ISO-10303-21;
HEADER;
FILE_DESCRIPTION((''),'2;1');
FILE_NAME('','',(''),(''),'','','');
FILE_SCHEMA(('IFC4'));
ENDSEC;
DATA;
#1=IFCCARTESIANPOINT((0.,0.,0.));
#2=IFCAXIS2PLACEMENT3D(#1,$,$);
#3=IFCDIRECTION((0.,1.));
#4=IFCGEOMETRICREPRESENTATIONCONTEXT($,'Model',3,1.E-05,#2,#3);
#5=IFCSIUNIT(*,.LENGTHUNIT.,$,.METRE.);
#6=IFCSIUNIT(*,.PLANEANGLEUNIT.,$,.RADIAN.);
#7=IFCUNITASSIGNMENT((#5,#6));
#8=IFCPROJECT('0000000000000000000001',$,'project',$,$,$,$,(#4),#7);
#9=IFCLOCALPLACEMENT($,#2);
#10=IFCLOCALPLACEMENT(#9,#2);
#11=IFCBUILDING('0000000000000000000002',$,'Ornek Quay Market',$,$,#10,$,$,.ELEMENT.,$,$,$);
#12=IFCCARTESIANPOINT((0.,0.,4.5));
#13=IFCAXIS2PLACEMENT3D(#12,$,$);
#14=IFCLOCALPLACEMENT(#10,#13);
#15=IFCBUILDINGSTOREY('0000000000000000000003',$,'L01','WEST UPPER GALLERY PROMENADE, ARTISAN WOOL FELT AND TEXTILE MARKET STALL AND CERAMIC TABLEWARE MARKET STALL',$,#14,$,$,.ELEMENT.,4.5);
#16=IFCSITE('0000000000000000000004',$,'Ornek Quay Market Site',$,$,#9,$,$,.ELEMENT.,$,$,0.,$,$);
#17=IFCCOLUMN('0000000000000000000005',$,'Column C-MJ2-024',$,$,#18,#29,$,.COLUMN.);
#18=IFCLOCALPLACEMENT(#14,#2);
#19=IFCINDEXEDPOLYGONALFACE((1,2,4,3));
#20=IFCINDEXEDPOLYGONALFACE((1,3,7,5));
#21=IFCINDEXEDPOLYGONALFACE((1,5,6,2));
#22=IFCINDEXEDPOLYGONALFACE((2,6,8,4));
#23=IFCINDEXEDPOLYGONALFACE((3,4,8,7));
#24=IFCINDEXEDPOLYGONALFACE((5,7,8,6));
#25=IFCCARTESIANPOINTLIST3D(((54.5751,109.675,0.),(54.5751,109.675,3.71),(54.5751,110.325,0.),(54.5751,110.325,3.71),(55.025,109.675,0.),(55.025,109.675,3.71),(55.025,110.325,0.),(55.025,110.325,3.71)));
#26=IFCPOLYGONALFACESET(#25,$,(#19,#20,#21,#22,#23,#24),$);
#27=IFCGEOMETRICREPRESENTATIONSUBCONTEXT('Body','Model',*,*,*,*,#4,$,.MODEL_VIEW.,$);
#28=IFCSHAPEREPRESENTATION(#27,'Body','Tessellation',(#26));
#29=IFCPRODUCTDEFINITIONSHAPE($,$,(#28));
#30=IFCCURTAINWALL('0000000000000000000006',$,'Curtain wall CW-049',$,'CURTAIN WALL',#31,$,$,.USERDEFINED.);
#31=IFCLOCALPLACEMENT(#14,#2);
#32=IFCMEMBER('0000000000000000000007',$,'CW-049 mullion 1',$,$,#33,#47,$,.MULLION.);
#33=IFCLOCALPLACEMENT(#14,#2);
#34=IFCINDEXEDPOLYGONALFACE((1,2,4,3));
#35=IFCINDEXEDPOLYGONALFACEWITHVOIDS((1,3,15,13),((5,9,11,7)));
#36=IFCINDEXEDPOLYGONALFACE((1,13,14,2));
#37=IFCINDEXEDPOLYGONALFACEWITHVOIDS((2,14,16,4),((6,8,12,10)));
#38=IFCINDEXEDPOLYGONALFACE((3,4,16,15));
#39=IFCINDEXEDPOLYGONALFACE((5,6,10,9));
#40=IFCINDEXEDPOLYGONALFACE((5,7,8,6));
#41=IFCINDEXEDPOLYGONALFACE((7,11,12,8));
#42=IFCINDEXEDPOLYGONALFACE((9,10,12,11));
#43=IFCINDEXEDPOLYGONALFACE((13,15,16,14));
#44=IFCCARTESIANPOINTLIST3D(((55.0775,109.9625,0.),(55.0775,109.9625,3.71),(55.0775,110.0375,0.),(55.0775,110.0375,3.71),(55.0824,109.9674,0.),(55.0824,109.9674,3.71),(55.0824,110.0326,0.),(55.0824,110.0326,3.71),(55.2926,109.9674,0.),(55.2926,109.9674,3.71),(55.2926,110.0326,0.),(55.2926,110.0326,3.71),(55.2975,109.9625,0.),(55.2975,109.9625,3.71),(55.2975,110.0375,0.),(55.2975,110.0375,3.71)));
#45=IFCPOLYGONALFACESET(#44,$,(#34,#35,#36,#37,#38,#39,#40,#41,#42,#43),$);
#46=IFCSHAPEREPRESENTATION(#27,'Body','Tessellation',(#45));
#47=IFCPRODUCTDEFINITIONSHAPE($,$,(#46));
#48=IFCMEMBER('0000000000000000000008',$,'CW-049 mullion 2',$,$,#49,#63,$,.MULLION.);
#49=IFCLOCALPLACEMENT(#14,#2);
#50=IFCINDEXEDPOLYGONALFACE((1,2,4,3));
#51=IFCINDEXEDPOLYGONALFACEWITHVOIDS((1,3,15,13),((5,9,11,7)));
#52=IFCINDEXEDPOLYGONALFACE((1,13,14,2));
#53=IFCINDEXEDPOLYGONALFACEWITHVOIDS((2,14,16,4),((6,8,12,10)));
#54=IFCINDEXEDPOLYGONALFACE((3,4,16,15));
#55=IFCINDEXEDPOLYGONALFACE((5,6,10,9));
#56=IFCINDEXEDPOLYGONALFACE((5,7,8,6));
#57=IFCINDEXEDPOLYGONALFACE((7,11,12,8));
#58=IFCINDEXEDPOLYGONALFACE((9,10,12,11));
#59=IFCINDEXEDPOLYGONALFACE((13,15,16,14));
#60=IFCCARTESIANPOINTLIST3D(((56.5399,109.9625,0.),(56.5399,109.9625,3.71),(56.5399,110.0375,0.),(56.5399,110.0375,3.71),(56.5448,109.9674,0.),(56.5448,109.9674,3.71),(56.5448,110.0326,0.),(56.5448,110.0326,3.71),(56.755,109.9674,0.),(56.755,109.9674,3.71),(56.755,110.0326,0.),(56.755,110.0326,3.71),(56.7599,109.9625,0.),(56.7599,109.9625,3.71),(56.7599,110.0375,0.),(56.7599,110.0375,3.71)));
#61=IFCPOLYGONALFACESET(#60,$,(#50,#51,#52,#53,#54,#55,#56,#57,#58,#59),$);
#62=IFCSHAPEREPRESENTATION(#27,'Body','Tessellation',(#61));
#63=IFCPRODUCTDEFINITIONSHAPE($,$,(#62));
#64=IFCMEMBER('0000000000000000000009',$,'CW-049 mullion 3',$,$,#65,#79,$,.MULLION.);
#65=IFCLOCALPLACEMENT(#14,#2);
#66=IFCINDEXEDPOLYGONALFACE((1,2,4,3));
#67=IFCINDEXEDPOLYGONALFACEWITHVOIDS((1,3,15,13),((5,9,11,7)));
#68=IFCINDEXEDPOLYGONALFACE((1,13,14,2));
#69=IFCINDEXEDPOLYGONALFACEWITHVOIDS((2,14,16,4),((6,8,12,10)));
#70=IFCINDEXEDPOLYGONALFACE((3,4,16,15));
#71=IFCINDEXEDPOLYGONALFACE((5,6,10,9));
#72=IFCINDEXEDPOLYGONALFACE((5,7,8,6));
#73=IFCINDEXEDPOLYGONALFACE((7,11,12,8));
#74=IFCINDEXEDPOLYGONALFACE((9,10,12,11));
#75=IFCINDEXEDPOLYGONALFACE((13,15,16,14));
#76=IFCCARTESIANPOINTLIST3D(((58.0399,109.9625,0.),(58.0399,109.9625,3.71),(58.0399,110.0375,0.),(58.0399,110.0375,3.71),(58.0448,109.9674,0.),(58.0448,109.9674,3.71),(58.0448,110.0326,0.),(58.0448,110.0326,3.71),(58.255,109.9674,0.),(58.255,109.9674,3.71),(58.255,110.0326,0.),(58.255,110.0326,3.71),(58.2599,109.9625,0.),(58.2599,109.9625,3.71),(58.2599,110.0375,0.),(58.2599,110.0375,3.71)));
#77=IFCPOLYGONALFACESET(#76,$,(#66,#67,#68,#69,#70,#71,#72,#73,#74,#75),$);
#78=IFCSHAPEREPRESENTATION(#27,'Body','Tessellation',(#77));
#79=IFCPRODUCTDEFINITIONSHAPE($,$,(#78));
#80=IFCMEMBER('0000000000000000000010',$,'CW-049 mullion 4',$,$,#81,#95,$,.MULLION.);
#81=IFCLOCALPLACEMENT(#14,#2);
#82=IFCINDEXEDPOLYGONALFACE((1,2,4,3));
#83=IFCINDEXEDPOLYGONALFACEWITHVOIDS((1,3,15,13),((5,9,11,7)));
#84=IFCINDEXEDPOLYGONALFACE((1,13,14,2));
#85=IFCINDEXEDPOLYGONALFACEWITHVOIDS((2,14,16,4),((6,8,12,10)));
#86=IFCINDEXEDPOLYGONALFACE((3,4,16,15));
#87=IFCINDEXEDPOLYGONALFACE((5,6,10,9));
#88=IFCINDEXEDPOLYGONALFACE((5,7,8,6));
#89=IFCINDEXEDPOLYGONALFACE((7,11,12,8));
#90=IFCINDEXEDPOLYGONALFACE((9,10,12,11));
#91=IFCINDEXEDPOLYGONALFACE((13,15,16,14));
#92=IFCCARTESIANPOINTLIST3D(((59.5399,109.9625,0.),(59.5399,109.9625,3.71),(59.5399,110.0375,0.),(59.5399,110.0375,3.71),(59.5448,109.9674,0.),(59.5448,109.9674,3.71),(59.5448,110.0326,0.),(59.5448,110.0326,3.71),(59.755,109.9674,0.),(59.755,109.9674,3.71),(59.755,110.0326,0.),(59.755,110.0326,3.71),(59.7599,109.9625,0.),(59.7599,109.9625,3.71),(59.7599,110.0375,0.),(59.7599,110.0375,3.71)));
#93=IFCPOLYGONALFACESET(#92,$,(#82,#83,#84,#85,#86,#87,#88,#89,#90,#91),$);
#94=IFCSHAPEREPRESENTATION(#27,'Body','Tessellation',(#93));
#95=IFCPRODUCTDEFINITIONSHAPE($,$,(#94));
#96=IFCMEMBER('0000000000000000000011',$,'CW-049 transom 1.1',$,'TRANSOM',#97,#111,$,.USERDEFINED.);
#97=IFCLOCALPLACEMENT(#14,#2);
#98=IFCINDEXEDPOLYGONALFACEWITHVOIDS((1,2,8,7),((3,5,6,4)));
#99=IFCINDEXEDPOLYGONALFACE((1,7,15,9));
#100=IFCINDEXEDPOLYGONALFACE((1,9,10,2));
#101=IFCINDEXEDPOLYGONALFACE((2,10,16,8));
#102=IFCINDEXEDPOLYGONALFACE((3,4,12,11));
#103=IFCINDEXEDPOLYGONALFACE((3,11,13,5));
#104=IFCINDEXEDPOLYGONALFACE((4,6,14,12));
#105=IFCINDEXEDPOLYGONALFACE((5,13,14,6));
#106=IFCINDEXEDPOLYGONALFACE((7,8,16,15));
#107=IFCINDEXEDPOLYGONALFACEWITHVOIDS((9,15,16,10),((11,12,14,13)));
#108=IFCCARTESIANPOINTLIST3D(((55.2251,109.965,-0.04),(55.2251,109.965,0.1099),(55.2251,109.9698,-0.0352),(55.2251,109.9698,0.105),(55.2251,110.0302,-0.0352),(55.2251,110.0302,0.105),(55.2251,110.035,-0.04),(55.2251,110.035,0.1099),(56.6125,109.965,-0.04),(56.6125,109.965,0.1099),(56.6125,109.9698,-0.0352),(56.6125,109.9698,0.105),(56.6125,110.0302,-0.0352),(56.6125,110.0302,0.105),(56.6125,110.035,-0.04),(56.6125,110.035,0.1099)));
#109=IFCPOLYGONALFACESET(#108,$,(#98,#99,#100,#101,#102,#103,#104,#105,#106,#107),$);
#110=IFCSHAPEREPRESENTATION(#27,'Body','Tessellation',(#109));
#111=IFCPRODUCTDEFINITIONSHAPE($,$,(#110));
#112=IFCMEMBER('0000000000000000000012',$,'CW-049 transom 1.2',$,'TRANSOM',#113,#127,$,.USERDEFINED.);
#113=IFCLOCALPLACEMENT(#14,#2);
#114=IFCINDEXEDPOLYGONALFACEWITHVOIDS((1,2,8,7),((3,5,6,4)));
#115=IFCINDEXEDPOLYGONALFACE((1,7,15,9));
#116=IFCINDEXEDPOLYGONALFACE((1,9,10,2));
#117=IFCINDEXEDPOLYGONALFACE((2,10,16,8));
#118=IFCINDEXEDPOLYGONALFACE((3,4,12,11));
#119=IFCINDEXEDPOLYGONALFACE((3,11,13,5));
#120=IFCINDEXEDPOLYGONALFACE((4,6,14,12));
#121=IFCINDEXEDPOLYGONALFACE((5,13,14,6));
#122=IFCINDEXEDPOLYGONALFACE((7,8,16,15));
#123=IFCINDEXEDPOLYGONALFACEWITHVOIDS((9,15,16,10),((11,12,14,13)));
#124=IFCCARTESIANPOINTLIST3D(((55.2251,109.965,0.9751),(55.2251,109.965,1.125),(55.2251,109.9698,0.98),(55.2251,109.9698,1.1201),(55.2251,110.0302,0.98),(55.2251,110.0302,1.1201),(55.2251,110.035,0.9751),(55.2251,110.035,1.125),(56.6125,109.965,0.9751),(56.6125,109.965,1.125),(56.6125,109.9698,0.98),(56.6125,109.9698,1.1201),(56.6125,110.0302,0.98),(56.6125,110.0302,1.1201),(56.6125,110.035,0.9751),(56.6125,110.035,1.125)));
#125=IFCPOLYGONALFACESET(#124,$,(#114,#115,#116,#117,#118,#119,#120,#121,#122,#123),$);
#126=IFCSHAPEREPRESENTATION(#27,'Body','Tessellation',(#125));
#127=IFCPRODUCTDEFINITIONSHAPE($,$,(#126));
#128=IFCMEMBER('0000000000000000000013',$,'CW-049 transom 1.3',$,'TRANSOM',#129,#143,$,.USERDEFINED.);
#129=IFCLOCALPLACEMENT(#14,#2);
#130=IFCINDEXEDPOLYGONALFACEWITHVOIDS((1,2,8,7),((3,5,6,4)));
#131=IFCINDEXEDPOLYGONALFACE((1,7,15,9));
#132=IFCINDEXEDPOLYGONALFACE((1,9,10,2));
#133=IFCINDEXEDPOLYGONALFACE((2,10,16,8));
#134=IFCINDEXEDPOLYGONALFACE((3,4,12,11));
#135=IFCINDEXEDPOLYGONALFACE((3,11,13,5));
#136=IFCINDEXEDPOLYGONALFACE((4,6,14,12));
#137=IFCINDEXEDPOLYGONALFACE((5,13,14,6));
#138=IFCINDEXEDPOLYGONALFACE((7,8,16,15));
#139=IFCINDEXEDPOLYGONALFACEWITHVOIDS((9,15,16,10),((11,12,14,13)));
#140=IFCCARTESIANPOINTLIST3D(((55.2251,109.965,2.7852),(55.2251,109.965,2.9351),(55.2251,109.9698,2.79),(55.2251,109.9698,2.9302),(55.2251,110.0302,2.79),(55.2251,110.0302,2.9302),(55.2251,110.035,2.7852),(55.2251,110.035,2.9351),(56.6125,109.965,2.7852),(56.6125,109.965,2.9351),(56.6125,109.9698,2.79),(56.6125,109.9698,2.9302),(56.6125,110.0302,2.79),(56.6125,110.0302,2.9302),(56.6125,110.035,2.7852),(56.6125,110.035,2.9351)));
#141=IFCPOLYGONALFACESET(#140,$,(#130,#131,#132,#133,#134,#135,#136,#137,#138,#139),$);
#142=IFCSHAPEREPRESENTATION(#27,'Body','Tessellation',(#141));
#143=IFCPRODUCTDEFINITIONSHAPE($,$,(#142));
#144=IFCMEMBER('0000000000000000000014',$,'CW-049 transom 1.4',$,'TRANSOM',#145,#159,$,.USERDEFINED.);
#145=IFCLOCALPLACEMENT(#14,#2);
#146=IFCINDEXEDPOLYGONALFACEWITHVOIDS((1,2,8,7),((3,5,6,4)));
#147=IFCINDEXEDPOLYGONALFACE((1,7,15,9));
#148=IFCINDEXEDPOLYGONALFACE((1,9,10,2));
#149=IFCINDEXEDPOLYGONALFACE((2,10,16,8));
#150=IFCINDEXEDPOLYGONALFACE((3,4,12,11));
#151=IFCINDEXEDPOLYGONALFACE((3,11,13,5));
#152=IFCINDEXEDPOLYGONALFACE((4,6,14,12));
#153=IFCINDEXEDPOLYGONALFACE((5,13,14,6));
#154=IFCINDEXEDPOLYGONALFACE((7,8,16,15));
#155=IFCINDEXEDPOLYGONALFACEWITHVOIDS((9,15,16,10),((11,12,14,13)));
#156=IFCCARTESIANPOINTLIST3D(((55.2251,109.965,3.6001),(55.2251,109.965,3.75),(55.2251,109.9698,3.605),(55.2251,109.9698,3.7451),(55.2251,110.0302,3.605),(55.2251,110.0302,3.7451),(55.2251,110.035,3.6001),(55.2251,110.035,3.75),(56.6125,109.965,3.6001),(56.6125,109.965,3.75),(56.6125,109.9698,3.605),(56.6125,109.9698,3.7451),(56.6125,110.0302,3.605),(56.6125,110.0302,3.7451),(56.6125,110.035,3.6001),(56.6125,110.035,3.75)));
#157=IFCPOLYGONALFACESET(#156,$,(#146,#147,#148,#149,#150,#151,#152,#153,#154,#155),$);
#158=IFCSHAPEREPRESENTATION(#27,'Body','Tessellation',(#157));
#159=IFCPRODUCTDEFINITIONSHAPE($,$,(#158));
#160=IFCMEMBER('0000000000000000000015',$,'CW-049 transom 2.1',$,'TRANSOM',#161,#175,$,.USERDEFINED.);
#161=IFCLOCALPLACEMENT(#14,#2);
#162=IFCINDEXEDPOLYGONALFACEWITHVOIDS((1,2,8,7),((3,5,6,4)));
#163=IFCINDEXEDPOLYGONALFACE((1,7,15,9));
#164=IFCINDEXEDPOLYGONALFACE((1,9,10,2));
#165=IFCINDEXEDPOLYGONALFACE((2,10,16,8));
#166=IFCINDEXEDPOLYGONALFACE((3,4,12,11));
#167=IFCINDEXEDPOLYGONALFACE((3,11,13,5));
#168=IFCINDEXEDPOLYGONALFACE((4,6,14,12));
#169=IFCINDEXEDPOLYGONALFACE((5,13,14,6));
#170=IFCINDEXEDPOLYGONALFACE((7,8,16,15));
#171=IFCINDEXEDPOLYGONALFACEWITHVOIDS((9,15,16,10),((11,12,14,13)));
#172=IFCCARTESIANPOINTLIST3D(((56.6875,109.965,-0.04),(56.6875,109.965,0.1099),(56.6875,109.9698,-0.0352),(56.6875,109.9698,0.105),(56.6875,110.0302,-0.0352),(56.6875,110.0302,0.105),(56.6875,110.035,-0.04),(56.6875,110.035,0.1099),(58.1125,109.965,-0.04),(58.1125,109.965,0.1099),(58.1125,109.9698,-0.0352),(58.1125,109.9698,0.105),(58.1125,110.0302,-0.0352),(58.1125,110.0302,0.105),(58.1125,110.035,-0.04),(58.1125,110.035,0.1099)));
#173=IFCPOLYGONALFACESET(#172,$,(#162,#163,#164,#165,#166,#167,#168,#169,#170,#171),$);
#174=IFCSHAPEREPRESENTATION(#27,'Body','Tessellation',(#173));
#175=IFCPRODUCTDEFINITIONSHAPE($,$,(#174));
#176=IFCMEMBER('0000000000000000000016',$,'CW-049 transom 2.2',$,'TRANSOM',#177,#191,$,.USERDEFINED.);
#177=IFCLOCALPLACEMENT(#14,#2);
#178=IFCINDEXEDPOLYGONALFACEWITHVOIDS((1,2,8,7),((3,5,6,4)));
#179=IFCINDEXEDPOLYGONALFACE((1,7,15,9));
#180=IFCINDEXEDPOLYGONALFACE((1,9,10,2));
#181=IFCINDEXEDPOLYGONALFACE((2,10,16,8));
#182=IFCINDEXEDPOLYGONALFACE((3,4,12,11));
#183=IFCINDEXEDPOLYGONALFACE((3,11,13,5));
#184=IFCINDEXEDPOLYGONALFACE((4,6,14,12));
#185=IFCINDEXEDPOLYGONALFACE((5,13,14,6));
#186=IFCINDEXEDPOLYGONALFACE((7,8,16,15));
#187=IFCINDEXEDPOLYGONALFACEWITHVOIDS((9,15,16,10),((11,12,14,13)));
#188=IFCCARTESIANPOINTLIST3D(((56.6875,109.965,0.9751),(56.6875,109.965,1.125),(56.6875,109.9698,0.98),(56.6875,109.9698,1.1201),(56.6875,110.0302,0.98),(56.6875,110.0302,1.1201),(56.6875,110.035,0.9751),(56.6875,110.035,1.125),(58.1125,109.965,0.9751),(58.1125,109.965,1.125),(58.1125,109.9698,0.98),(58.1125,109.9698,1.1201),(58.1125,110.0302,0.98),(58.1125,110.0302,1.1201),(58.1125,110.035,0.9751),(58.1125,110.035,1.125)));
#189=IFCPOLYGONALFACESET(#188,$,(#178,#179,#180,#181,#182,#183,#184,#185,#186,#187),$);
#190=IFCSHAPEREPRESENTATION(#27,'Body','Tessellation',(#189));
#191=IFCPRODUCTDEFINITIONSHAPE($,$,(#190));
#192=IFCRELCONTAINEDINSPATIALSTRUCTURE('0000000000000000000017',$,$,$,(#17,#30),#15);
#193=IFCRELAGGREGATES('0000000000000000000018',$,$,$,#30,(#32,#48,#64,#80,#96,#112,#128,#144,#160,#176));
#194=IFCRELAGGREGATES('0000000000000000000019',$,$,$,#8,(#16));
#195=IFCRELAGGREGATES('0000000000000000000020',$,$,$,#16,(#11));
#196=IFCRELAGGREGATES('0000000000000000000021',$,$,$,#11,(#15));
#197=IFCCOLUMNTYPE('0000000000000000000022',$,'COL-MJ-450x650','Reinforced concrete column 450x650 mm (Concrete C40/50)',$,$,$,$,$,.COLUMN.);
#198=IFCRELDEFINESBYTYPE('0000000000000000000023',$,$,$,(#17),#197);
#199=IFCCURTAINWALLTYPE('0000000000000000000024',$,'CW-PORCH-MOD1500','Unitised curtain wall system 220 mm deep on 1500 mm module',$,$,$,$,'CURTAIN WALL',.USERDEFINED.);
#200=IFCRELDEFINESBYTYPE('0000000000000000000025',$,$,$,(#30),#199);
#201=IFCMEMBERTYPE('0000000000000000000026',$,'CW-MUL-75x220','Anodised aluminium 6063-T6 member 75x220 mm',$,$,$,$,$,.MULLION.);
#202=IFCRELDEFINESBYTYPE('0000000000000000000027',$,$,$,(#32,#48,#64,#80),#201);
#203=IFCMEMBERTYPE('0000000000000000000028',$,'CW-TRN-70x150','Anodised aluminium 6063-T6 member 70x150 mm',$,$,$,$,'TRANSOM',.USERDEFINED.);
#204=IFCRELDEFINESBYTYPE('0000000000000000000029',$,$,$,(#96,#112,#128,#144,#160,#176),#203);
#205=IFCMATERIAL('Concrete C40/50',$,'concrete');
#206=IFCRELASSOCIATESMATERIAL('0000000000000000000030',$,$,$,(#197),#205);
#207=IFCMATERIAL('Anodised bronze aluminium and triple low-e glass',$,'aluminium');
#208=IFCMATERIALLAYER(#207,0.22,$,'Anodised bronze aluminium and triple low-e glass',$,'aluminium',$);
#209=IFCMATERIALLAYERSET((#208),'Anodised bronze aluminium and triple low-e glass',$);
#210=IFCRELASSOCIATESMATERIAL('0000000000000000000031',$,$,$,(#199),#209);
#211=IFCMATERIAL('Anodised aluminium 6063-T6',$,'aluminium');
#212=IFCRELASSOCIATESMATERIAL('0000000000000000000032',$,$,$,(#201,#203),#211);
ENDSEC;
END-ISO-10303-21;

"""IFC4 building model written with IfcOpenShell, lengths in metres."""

from ifc_helpers import new_model, si_unit, direction, frame, origin, origin_2d, place, context, subcontext, project, spatial, rectangle, hollow_rectangle, extrude, material, layer, layer_set, material_profile, profile_set, type_object, element, aggregate, save


model = new_model("IFC4")

# Units and contexts
model_context = context("Model", 3, precision=1e-05, world=origin(), true_north=direction((0.0, 1.0)))
body_context = subcontext(model_context, "Body", "Model", "MODEL_VIEW")
ifc_project = project(units=[si_unit("LENGTHUNIT", "METRE"), si_unit("PLANEANGLEUNIT", "RADIAN")], contexts=[model_context])

# Site, building, storey
site_placement = place(None, origin())
site = spatial("IfcSite", under=ifc_project, at=site_placement, Name="Ornek Quay Market Site", CompositionType="ELEMENT", RefElevation=0.0)
building_placement = place(site_placement, origin())
building = spatial("IfcBuilding", under=site, at=building_placement, Name="Ornek Quay Market", CompositionType="ELEMENT")
storey_placement = place(building_placement, frame((0.0, 0.0, 4.5)))
storey = spatial("IfcBuildingStorey", under=building, at=storey_placement, Name="L01", Description="WEST UPPER GALLERY PROMENADE, ARTISAN WOOL FELT AND TEXTILE MARKET STALL AND CERAMIC TABLEWARE MARKET STALL", CompositionType="ELEMENT", Elevation=4.5)

# Column
ifc_material_1 = material(Name="Concrete C40/50", Category="concrete")
ifc_material_profile_1 = material_profile(ifc_material_1, rectangle(XDim=0.45, YDim=0.6499, at=origin_2d()), Name="RC 450x650", Category="concrete")
ifc_profile_set_1 = profile_set([ifc_material_profile_1], Name="Concrete C40/50")
column_type = type_object("IfcColumnType", Name="COL-MJ-450x650", Description="Reinforced concrete column 450x650 mm (Concrete C40/50)", PredefinedType="COLUMN", material=ifc_profile_set_1)
column_placement = place(storey_placement, frame((54.8, 110.0, 0.0), z_axis=(0.0, 0.0, 1.0), x_axis=(1.0, 0.0, 0.0)))
element("IfcColumn", 1, at=column_placement, inside=storey, type_object=column_type, Name="Column C-MJ2-024", PredefinedType="COLUMN", context=body_context, shape_type="SweptSolid", body=[
    extrude(rectangle(XDim=0.45, YDim=0.6499, at=origin_2d()), origin(), (0.0, 0.0, 1.0), 3.71),
])

# Curtain wall, members
ifc_material_2 = material(Name="Anodised bronze aluminium and triple low-e glass", Category="aluminium")
ifc_layer_1 = layer(ifc_material_2, 0.22, Name="Anodised bronze aluminium and triple low-e glass", Category="aluminium")
ifc_layer_set_1 = layer_set([ifc_layer_1], Name="Anodised bronze aluminium and triple low-e glass")
curtain_wall_type = type_object("IfcCurtainWallType", Name="CW-PORCH-MOD1500", Description="Unitised curtain wall system 220 mm deep on 1500 mm module", ElementType="CURTAIN WALL", PredefinedType="USERDEFINED", material=ifc_layer_set_1)
curtain_wall_placement = place(storey_placement, origin())
curtain_wall = element("IfcCurtainWall", 2, at=curtain_wall_placement, inside=storey, type_object=curtain_wall_type, Name="Curtain wall CW-049", ObjectType="CURTAIN WALL", PredefinedType="USERDEFINED")
ifc_material_3 = material(Name="Anodised aluminium 6063-T6", Category="aluminium")
ifc_material_profile_2 = material_profile(ifc_material_3, hollow_rectangle(XDim=0.075, YDim=0.22, WallThickness=0.0049, at=origin_2d()), Name="CW-MUL-75x220", Category="aluminium")
ifc_profile_set_2 = profile_set([ifc_material_profile_2], Name="Anodised aluminium 6063-T6")
member_type_1 = type_object("IfcMemberType", Name="CW-MUL-75x220", Description="Anodised aluminium 6063-T6 member 75x220 mm", PredefinedType="MULLION", material=ifc_profile_set_2)
member_1_placement = place(storey_placement, frame((55.1875, 110.0, 0.0), z_axis=(0.0, 0.0, 1.0), x_axis=(0.0, 1.0, 0.0)))
member_1 = element("IfcMember", 3, at=member_1_placement, type_object=member_type_1, Name="CW-049 mullion 1", PredefinedType="MULLION", context=body_context, shape_type="SweptSolid", body=[
    extrude(hollow_rectangle(XDim=0.075, YDim=0.22, WallThickness=0.0049, at=origin_2d()), origin(), (0.0, 0.0, 1.0), 3.71),
])
member_2_placement = place(storey_placement, frame((56.6499, 110.0, 0.0), z_axis=(0.0, 0.0, 1.0), x_axis=(0.0, 1.0, 0.0)))
member_2 = element("IfcMember", 4, at=member_2_placement, type_object=member_type_1, Name="CW-049 mullion 2", PredefinedType="MULLION", context=body_context, shape_type="SweptSolid", body=[
    extrude(hollow_rectangle(XDim=0.075, YDim=0.22, WallThickness=0.0049, at=origin_2d()), origin(), (0.0, 0.0, 1.0), 3.71),
])
member_3_placement = place(storey_placement, frame((58.1499, 110.0, 0.0), z_axis=(0.0, 0.0, 1.0), x_axis=(0.0, 1.0, 0.0)))
member_3 = element("IfcMember", 5, at=member_3_placement, type_object=member_type_1, Name="CW-049 mullion 3", PredefinedType="MULLION", context=body_context, shape_type="SweptSolid", body=[
    extrude(hollow_rectangle(XDim=0.075, YDim=0.22, WallThickness=0.0049, at=origin_2d()), origin(), (0.0, 0.0, 1.0), 3.71),
])
member_4_placement = place(storey_placement, frame((59.6499, 110.0, 0.0), z_axis=(0.0, 0.0, 1.0), x_axis=(0.0, 1.0, 0.0)))
member_4 = element("IfcMember", 6, at=member_4_placement, type_object=member_type_1, Name="CW-049 mullion 4", PredefinedType="MULLION", context=body_context, shape_type="SweptSolid", body=[
    extrude(hollow_rectangle(XDim=0.075, YDim=0.22, WallThickness=0.0049, at=origin_2d()), origin(), (0.0, 0.0, 1.0), 3.71),
])
ifc_material_profile_3 = material_profile(ifc_material_3, hollow_rectangle(XDim=0.0701, YDim=0.1499, WallThickness=0.0049, at=origin_2d()), Name="CW-TRN-70x150", Category="aluminium")
ifc_profile_set_3 = profile_set([ifc_material_profile_3], Name="Anodised aluminium 6063-T6")
member_type_2 = type_object("IfcMemberType", Name="CW-TRN-70x150", Description="Anodised aluminium 6063-T6 member 70x150 mm", ElementType="TRANSOM", PredefinedType="USERDEFINED", material=ifc_profile_set_3)
member_5_placement = place(storey_placement, frame((55.2251, 110.0, 0.0349), z_axis=(1.0, 0.0, 0.0), x_axis=(0.0, 1.0, 0.0)))
member_5 = element("IfcMember", 7, at=member_5_placement, type_object=member_type_2, Name="CW-049 transom 1.1", ObjectType="TRANSOM", PredefinedType="USERDEFINED", context=body_context, shape_type="SweptSolid", body=[
    extrude(hollow_rectangle(XDim=0.0701, YDim=0.1499, WallThickness=0.0049, at=origin_2d()), origin(), (0.0, 0.0, 1.0), 1.3875),
])
member_6_placement = place(storey_placement, frame((55.2251, 110.0, 1.05), z_axis=(1.0, 0.0, 0.0), x_axis=(0.0, 1.0, 0.0)))
member_6 = element("IfcMember", 8, at=member_6_placement, type_object=member_type_2, Name="CW-049 transom 1.2", ObjectType="TRANSOM", PredefinedType="USERDEFINED", context=body_context, shape_type="SweptSolid", body=[
    extrude(hollow_rectangle(XDim=0.0701, YDim=0.1499, WallThickness=0.0049, at=origin_2d()), origin(), (0.0, 0.0, 1.0), 1.3875),
])
member_7_placement = place(storey_placement, frame((55.2251, 110.0, 2.8601), z_axis=(1.0, 0.0, 0.0), x_axis=(0.0, 1.0, 0.0)))
member_7 = element("IfcMember", 9, at=member_7_placement, type_object=member_type_2, Name="CW-049 transom 1.3", ObjectType="TRANSOM", PredefinedType="USERDEFINED", context=body_context, shape_type="SweptSolid", body=[
    extrude(hollow_rectangle(XDim=0.0701, YDim=0.1499, WallThickness=0.0049, at=origin_2d()), origin(), (0.0, 0.0, 1.0), 1.3875),
])
member_8_placement = place(storey_placement, frame((55.2251, 110.0, 3.675), z_axis=(1.0, 0.0, 0.0), x_axis=(0.0, 1.0, 0.0)))
member_8 = element("IfcMember", 10, at=member_8_placement, type_object=member_type_2, Name="CW-049 transom 1.4", ObjectType="TRANSOM", PredefinedType="USERDEFINED", context=body_context, shape_type="SweptSolid", body=[
    extrude(hollow_rectangle(XDim=0.0701, YDim=0.1499, WallThickness=0.0049, at=origin_2d()), origin(), (0.0, 0.0, 1.0), 1.3875),
])
member_9_placement = place(storey_placement, frame((56.6875, 110.0, 0.0349), z_axis=(1.0, 0.0, 0.0), x_axis=(0.0, 1.0, 0.0)))
member_9 = element("IfcMember", 11, at=member_9_placement, type_object=member_type_2, Name="CW-049 transom 2.1", ObjectType="TRANSOM", PredefinedType="USERDEFINED", context=body_context, shape_type="SweptSolid", body=[
    extrude(hollow_rectangle(XDim=0.0701, YDim=0.1499, WallThickness=0.0049, at=origin_2d()), origin(), (0.0, 0.0, 1.0), 1.425),
])
member_10_placement = place(storey_placement, frame((56.6875, 110.0, 1.05), z_axis=(1.0, 0.0, 0.0), x_axis=(0.0, 1.0, 0.0)))
member_10 = element("IfcMember", 12, at=member_10_placement, type_object=member_type_2, Name="CW-049 transom 2.2", ObjectType="TRANSOM", PredefinedType="USERDEFINED", context=body_context, shape_type="SweptSolid", body=[
    extrude(hollow_rectangle(XDim=0.0701, YDim=0.1499, WallThickness=0.0049, at=origin_2d()), origin(), (0.0, 0.0, 1.0), 1.425),
])
aggregate(curtain_wall, [member_1, member_2, member_3, member_4, member_5, member_6, member_7, member_8, member_9, member_10])

save(model, "model.ifc")
